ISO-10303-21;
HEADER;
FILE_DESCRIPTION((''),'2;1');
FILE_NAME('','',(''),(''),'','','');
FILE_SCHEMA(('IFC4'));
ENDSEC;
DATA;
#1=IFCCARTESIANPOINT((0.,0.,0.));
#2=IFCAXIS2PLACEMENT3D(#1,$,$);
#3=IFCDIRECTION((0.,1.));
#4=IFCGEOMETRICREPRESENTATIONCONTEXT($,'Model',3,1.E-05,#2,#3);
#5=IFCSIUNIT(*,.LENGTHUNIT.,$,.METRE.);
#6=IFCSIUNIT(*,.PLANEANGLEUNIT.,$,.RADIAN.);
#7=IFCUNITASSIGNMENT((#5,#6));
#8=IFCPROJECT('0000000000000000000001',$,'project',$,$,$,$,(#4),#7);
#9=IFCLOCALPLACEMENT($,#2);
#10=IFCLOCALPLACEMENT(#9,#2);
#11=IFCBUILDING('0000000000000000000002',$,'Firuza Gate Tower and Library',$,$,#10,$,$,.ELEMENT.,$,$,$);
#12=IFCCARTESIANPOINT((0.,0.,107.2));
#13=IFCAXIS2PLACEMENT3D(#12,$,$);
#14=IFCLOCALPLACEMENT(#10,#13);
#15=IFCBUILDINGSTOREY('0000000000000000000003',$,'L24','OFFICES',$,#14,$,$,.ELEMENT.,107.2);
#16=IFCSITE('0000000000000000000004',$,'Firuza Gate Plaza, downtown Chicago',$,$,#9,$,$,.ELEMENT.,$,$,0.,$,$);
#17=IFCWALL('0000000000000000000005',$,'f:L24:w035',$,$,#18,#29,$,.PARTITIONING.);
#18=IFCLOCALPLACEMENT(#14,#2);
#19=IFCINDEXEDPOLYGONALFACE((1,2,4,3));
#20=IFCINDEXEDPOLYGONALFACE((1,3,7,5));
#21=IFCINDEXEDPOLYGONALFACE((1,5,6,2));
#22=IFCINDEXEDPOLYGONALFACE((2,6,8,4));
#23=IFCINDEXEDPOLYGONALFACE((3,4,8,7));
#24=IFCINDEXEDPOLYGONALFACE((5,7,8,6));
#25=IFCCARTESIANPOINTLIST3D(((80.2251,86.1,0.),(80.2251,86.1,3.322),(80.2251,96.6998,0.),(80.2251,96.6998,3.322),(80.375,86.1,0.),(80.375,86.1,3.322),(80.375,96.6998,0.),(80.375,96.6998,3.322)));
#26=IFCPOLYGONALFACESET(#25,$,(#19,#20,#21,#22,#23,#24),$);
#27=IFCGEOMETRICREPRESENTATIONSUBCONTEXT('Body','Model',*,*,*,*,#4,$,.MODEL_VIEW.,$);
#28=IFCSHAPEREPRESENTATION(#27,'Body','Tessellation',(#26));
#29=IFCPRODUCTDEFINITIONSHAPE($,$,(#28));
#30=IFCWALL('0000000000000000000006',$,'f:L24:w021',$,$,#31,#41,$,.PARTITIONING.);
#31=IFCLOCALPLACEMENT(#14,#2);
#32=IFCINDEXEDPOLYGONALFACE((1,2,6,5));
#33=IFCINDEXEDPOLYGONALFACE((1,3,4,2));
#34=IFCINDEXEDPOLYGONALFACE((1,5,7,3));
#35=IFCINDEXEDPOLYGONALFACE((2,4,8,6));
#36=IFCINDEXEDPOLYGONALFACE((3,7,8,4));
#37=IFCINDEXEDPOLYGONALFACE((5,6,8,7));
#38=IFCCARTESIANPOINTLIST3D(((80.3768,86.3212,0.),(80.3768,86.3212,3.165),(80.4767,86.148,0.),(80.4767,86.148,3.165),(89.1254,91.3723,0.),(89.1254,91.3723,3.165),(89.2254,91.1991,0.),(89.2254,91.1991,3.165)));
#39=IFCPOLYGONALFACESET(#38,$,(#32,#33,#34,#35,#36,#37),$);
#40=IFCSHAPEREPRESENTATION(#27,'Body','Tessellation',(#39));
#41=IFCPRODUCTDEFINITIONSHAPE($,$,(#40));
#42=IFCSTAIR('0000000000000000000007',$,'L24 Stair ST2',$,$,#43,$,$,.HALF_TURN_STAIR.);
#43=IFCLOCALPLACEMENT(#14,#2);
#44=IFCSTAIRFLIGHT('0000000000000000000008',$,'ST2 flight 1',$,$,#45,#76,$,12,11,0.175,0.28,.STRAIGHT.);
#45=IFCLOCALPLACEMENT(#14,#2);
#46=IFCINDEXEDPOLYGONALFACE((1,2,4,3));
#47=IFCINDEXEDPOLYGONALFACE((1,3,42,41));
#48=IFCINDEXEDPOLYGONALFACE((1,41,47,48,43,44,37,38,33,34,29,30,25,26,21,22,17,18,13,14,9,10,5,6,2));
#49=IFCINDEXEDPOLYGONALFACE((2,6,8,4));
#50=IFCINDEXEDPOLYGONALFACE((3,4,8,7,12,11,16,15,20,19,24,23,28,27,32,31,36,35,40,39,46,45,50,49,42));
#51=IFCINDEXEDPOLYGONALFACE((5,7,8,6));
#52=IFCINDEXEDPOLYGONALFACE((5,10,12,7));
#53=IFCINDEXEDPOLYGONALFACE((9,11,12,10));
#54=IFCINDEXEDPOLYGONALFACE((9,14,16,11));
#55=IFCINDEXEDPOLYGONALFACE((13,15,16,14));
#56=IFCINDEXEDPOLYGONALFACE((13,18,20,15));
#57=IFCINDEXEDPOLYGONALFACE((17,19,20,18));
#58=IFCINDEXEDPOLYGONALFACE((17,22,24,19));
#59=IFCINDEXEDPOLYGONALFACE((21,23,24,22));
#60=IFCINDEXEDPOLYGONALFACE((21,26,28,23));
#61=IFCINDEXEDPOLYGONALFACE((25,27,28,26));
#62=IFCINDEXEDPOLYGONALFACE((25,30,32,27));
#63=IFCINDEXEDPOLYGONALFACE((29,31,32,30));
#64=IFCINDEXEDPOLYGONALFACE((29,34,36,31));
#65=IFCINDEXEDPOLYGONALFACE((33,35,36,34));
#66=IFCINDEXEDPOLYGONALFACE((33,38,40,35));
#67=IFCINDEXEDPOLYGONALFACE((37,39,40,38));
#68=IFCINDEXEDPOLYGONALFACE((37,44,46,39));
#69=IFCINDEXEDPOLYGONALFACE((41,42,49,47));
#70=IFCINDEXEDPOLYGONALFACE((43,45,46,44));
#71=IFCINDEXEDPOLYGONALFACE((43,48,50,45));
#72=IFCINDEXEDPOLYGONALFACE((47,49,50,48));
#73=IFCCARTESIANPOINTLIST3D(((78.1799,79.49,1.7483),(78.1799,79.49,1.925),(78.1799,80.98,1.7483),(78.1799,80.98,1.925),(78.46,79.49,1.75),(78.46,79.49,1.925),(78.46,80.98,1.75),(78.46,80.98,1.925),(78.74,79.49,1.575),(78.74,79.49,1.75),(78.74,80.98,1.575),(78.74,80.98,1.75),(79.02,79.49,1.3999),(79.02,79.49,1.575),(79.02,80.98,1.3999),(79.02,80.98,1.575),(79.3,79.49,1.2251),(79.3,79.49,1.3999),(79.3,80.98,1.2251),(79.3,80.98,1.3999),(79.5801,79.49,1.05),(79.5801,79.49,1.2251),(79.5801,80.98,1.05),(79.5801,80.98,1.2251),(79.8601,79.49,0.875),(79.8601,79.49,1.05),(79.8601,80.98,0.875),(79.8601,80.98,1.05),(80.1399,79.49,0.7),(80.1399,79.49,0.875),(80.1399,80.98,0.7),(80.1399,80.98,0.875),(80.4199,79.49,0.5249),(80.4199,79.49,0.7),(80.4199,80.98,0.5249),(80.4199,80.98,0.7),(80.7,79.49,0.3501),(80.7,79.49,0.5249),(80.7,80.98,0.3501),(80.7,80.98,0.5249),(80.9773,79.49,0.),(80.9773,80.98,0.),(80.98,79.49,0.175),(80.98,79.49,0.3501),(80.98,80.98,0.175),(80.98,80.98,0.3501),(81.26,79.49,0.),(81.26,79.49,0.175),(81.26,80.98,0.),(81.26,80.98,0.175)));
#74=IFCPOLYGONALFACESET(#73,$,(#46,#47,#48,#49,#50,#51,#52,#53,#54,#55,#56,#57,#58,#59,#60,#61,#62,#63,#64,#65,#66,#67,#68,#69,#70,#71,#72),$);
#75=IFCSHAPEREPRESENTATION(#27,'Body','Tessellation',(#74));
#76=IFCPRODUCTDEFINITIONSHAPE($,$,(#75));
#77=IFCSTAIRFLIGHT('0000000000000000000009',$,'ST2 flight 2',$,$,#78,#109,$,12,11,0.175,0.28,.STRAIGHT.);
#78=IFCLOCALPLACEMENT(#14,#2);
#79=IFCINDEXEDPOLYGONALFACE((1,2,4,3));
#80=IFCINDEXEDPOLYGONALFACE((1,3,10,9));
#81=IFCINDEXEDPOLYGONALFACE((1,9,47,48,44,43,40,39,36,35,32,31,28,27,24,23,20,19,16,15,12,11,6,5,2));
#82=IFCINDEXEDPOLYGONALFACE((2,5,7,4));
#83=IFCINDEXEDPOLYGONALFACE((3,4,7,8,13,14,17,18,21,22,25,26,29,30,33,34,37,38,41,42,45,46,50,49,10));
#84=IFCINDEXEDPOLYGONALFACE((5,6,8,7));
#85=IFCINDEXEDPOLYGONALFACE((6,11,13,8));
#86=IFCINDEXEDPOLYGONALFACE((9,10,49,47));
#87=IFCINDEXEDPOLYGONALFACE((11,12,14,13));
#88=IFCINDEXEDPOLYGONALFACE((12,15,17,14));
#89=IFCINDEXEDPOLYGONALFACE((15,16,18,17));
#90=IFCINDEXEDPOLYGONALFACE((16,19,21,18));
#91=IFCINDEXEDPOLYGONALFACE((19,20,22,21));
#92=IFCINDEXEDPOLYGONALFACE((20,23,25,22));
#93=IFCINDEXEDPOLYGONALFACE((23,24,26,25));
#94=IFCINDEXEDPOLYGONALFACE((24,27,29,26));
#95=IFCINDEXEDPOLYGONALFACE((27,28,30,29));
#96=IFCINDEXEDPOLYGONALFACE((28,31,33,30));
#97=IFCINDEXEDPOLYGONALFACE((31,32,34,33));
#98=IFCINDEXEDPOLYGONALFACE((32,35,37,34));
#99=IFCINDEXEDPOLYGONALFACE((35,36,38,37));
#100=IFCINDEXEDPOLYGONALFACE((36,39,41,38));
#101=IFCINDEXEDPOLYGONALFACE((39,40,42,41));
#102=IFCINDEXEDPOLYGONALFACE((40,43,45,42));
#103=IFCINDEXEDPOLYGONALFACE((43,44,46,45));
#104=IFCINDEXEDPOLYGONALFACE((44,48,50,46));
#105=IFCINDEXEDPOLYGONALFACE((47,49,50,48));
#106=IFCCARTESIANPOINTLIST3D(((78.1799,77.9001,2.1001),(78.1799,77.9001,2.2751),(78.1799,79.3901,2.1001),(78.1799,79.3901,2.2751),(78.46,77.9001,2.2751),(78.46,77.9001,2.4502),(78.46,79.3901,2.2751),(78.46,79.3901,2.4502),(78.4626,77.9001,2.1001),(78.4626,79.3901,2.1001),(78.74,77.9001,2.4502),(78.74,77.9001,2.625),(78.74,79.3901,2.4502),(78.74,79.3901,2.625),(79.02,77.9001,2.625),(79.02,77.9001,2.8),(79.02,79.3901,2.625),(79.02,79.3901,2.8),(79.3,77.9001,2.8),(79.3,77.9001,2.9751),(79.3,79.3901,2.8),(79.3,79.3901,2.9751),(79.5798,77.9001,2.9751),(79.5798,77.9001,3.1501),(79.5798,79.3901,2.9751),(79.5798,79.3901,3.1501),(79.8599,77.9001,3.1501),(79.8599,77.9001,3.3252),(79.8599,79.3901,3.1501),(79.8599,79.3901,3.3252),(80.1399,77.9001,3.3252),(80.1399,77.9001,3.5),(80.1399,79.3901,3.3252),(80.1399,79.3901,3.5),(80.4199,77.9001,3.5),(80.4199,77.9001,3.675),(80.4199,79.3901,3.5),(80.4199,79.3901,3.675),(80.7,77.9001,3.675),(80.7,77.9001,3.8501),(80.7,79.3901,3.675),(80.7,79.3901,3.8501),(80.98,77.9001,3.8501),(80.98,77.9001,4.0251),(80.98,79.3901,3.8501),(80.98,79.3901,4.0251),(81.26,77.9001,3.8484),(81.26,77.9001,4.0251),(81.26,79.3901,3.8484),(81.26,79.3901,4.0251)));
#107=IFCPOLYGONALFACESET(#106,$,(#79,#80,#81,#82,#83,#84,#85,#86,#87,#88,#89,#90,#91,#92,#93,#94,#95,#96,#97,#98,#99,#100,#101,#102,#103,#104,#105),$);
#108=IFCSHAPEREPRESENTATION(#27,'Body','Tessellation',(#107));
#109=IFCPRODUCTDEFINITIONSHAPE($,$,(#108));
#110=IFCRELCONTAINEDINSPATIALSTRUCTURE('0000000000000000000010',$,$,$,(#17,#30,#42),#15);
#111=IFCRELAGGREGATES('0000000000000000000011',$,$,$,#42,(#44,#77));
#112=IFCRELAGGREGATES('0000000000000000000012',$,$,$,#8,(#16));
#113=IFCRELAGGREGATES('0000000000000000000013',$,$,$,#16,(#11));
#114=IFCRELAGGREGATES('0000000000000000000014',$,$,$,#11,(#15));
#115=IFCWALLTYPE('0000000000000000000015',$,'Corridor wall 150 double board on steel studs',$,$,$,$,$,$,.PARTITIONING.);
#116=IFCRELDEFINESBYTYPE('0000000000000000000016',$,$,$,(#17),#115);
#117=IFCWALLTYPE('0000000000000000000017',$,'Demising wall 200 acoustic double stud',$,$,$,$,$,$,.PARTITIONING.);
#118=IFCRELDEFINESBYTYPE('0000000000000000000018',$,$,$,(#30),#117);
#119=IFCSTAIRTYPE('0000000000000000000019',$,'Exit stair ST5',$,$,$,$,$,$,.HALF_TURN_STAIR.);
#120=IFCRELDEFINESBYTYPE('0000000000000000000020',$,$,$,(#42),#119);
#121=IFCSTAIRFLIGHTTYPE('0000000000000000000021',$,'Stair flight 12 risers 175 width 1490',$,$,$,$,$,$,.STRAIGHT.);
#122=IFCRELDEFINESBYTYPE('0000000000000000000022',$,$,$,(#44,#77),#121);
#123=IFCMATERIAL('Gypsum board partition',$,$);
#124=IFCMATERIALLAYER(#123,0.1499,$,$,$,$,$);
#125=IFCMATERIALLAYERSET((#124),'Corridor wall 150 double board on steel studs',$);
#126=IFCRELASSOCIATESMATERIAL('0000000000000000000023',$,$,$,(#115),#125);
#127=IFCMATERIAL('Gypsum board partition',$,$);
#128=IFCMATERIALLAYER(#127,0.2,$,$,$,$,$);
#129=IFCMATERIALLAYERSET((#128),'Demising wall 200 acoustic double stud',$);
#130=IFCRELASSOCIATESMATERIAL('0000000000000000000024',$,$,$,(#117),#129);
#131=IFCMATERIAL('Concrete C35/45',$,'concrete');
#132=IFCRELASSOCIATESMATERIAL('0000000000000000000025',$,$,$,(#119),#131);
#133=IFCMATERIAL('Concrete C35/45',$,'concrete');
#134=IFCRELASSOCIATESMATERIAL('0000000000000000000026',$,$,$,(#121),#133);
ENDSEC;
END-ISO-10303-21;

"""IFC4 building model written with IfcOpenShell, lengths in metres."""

from ifc_helpers import new_model, si_unit, direction, frame, frame_2d, origin, place, context, subcontext, project, spatial, polyline, rectangle, outline, extrude, material, layer, layer_set, type_object, element, aggregate, save


model = new_model("IFC4")

# Units and contexts
model_context = context("Model", 3, precision=1e-05, world=origin(), true_north=direction((0.0, 1.0)))
body_context = subcontext(model_context, "Body", "Model", "MODEL_VIEW")
ifc_project = project(units=[si_unit("LENGTHUNIT", "METRE"), si_unit("PLANEANGLEUNIT", "RADIAN")], contexts=[model_context])

# Site, building, storey
site_placement = place(None, origin())
site = spatial("IfcSite", under=ifc_project, at=site_placement, Name="Firuza Gate Plaza, downtown Chicago", CompositionType="ELEMENT", RefElevation=0.0)
building_placement = place(site_placement, origin())
building = spatial("IfcBuilding", under=site, at=building_placement, Name="Firuza Gate Tower and Library", CompositionType="ELEMENT")
storey_placement = place(building_placement, frame((0.0, 0.0, 107.2)))
storey = spatial("IfcBuildingStorey", under=building, at=storey_placement, Name="L24", Description="OFFICES", CompositionType="ELEMENT", Elevation=107.2)

# Shared definitions
ifc_material_1 = material(Name="Gypsum board partition")
ifc_layer_1 = layer(ifc_material_1, 0.1499)
ifc_layer_set_1 = layer_set([ifc_layer_1], Name="Corridor wall 150 double board on steel studs")
wall_type_1 = type_object("IfcWallType", Name="Corridor wall 150 double board on steel studs", PredefinedType="PARTITIONING", material=ifc_layer_set_1)

# Walls
wall_1_placement = place(storey_placement, frame((80.3, 86.1001, 0.0), z_axis=(0.0, 0.0, 1.0), x_axis=(0.0, 1.0, 0.0)))
element("IfcWall", 1, at=wall_1_placement, inside=storey, type_object=wall_type_1, Name="f:L24:w035", PredefinedType="PARTITIONING", context=body_context, shape_type="SweptSolid", body=[
    extrude(rectangle(XDim=10.5999, YDim=0.1499, at=frame_2d((5.2998, 0.0))), origin(), (0.0, 0.0, 1.0), 3.322),
])
ifc_material_2 = material(Name="Gypsum board partition")
ifc_layer_2 = layer(ifc_material_2, 0.2)
ifc_layer_set_2 = layer_set([ifc_layer_2], Name="Demising wall 200 acoustic double stud")
wall_type_2 = type_object("IfcWallType", Name="Demising wall 200 acoustic double stud", PredefinedType="PARTITIONING", material=ifc_layer_set_2)
wall_2_placement = place(storey_placement, frame((80.4268, 86.2346, 0.0), z_axis=(0.0, 0.0, 1.0), x_axis=(0.866023, 0.500004, 0.0)))
element("IfcWall", 2, at=wall_2_placement, inside=storey, type_object=wall_type_2, Name="f:L24:w021", PredefinedType="PARTITIONING", context=body_context, shape_type="SweptSolid", body=[
    extrude(rectangle(XDim=10.1021, YDim=0.2, at=frame_2d((5.051, 0.0))), origin(), (0.0, 0.0, 1.0), 3.165),
])

# Stair, stair flights
ifc_material_3 = material(Name="Concrete C35/45", Category="concrete")
stair_type = type_object("IfcStairType", Name="Exit stair ST5", PredefinedType="HALF_TURN_STAIR", material=ifc_material_3)
stair_placement = place(storey_placement, origin())
stair = element("IfcStair", 3, at=stair_placement, inside=storey, type_object=stair_type, Name="L24 Stair ST2", PredefinedType="HALF_TURN_STAIR")
ifc_material_4 = material(Name="Concrete C35/45", Category="concrete")
stair_flight_type = type_object("IfcStairFlightType", Name="Stair flight 12 risers 175 width 1490", PredefinedType="STRAIGHT", material=ifc_material_4)
stair_flight_1_placement = place(storey_placement, frame((81.26, 80.2351, 0.0), z_axis=(0.0, 0.0, 1.0), x_axis=(-1.0, 0.0, 0.0)))
stair_flight_1 = element("IfcStairFlight", 4, at=stair_flight_1_placement, type_object=stair_flight_type, Name="ST2 flight 1", NumberOfRisers=12, NumberOfTreads=11, PredefinedType="STRAIGHT", RiserHeight=0.175, TreadLength=0.28, context=body_context, shape_type="SweptSolid", body=[
    extrude(outline(polyline([(0.0, 0.0), (0.0, 0.175), (0.28, 0.175), (0.28, 0.3501), (0.5601, 0.3501), (0.5601, 0.5249), (0.8401, 0.5249), (0.8401, 0.7), (1.1201, 0.7), (1.1201, 0.875), (1.3999, 0.875), (1.3999, 1.05), (1.6799, 1.05), (1.6799, 1.2251), (1.96, 1.2251), (1.96, 1.3999), (2.24, 1.3999), (2.24, 1.575), (2.52, 1.575), (2.52, 1.75), (2.8, 1.75), (2.8, 1.925), (3.0801, 1.925), (3.0801, 2.1001), (3.0801, 1.7483), (0.2827, 0.0), (0.0, 0.0)])), frame((0.0, 0.7451, 0.0), z_axis=(0.0, -1.0, 0.0), x_axis=(1.0, 0.0, 0.0)), (0.0, 0.0, 1.0), 1.49),
])
stair_flight_2_placement = place(storey_placement, frame((78.1799, 78.645, 2.1001), z_axis=(0.0, 0.0, 1.0), x_axis=(1.0, 0.0, 0.0)))
stair_flight_2 = element("IfcStairFlight", 5, at=stair_flight_2_placement, type_object=stair_flight_type, Name="ST2 flight 2", NumberOfRisers=12, NumberOfTreads=11, PredefinedType="STRAIGHT", RiserHeight=0.175, TreadLength=0.28, context=body_context, shape_type="SweptSolid", body=[
    extrude(outline(polyline([(0.0, 0.0), (0.0, 0.175), (0.28, 0.175), (0.28, 0.3501), (0.5601, 0.3501), (0.5601, 0.5249), (0.8401, 0.5249), (0.8401, 0.7), (1.1201, 0.7), (1.1201, 0.875), (1.3999, 0.875), (1.3999, 1.05), (1.6799, 1.05), (1.6799, 1.2251), (1.96, 1.2251), (1.96, 1.3999), (2.24, 1.3999), (2.24, 1.575), (2.52, 1.575), (2.52, 1.75), (2.8, 1.75), (2.8, 1.925), (3.0801, 1.925), (3.0801, 2.1001), (3.0801, 1.7483), (0.2827, 0.0), (0.0, 0.0)])), frame((0.0, 0.7451, 0.0), z_axis=(0.0, -1.0, 0.0), x_axis=(1.0, 0.0, 0.0)), (0.0, 0.0, 1.0), 1.49),
])
aggregate(stair, [stair_flight_1, stair_flight_2])

save(model, "model.ifc")
